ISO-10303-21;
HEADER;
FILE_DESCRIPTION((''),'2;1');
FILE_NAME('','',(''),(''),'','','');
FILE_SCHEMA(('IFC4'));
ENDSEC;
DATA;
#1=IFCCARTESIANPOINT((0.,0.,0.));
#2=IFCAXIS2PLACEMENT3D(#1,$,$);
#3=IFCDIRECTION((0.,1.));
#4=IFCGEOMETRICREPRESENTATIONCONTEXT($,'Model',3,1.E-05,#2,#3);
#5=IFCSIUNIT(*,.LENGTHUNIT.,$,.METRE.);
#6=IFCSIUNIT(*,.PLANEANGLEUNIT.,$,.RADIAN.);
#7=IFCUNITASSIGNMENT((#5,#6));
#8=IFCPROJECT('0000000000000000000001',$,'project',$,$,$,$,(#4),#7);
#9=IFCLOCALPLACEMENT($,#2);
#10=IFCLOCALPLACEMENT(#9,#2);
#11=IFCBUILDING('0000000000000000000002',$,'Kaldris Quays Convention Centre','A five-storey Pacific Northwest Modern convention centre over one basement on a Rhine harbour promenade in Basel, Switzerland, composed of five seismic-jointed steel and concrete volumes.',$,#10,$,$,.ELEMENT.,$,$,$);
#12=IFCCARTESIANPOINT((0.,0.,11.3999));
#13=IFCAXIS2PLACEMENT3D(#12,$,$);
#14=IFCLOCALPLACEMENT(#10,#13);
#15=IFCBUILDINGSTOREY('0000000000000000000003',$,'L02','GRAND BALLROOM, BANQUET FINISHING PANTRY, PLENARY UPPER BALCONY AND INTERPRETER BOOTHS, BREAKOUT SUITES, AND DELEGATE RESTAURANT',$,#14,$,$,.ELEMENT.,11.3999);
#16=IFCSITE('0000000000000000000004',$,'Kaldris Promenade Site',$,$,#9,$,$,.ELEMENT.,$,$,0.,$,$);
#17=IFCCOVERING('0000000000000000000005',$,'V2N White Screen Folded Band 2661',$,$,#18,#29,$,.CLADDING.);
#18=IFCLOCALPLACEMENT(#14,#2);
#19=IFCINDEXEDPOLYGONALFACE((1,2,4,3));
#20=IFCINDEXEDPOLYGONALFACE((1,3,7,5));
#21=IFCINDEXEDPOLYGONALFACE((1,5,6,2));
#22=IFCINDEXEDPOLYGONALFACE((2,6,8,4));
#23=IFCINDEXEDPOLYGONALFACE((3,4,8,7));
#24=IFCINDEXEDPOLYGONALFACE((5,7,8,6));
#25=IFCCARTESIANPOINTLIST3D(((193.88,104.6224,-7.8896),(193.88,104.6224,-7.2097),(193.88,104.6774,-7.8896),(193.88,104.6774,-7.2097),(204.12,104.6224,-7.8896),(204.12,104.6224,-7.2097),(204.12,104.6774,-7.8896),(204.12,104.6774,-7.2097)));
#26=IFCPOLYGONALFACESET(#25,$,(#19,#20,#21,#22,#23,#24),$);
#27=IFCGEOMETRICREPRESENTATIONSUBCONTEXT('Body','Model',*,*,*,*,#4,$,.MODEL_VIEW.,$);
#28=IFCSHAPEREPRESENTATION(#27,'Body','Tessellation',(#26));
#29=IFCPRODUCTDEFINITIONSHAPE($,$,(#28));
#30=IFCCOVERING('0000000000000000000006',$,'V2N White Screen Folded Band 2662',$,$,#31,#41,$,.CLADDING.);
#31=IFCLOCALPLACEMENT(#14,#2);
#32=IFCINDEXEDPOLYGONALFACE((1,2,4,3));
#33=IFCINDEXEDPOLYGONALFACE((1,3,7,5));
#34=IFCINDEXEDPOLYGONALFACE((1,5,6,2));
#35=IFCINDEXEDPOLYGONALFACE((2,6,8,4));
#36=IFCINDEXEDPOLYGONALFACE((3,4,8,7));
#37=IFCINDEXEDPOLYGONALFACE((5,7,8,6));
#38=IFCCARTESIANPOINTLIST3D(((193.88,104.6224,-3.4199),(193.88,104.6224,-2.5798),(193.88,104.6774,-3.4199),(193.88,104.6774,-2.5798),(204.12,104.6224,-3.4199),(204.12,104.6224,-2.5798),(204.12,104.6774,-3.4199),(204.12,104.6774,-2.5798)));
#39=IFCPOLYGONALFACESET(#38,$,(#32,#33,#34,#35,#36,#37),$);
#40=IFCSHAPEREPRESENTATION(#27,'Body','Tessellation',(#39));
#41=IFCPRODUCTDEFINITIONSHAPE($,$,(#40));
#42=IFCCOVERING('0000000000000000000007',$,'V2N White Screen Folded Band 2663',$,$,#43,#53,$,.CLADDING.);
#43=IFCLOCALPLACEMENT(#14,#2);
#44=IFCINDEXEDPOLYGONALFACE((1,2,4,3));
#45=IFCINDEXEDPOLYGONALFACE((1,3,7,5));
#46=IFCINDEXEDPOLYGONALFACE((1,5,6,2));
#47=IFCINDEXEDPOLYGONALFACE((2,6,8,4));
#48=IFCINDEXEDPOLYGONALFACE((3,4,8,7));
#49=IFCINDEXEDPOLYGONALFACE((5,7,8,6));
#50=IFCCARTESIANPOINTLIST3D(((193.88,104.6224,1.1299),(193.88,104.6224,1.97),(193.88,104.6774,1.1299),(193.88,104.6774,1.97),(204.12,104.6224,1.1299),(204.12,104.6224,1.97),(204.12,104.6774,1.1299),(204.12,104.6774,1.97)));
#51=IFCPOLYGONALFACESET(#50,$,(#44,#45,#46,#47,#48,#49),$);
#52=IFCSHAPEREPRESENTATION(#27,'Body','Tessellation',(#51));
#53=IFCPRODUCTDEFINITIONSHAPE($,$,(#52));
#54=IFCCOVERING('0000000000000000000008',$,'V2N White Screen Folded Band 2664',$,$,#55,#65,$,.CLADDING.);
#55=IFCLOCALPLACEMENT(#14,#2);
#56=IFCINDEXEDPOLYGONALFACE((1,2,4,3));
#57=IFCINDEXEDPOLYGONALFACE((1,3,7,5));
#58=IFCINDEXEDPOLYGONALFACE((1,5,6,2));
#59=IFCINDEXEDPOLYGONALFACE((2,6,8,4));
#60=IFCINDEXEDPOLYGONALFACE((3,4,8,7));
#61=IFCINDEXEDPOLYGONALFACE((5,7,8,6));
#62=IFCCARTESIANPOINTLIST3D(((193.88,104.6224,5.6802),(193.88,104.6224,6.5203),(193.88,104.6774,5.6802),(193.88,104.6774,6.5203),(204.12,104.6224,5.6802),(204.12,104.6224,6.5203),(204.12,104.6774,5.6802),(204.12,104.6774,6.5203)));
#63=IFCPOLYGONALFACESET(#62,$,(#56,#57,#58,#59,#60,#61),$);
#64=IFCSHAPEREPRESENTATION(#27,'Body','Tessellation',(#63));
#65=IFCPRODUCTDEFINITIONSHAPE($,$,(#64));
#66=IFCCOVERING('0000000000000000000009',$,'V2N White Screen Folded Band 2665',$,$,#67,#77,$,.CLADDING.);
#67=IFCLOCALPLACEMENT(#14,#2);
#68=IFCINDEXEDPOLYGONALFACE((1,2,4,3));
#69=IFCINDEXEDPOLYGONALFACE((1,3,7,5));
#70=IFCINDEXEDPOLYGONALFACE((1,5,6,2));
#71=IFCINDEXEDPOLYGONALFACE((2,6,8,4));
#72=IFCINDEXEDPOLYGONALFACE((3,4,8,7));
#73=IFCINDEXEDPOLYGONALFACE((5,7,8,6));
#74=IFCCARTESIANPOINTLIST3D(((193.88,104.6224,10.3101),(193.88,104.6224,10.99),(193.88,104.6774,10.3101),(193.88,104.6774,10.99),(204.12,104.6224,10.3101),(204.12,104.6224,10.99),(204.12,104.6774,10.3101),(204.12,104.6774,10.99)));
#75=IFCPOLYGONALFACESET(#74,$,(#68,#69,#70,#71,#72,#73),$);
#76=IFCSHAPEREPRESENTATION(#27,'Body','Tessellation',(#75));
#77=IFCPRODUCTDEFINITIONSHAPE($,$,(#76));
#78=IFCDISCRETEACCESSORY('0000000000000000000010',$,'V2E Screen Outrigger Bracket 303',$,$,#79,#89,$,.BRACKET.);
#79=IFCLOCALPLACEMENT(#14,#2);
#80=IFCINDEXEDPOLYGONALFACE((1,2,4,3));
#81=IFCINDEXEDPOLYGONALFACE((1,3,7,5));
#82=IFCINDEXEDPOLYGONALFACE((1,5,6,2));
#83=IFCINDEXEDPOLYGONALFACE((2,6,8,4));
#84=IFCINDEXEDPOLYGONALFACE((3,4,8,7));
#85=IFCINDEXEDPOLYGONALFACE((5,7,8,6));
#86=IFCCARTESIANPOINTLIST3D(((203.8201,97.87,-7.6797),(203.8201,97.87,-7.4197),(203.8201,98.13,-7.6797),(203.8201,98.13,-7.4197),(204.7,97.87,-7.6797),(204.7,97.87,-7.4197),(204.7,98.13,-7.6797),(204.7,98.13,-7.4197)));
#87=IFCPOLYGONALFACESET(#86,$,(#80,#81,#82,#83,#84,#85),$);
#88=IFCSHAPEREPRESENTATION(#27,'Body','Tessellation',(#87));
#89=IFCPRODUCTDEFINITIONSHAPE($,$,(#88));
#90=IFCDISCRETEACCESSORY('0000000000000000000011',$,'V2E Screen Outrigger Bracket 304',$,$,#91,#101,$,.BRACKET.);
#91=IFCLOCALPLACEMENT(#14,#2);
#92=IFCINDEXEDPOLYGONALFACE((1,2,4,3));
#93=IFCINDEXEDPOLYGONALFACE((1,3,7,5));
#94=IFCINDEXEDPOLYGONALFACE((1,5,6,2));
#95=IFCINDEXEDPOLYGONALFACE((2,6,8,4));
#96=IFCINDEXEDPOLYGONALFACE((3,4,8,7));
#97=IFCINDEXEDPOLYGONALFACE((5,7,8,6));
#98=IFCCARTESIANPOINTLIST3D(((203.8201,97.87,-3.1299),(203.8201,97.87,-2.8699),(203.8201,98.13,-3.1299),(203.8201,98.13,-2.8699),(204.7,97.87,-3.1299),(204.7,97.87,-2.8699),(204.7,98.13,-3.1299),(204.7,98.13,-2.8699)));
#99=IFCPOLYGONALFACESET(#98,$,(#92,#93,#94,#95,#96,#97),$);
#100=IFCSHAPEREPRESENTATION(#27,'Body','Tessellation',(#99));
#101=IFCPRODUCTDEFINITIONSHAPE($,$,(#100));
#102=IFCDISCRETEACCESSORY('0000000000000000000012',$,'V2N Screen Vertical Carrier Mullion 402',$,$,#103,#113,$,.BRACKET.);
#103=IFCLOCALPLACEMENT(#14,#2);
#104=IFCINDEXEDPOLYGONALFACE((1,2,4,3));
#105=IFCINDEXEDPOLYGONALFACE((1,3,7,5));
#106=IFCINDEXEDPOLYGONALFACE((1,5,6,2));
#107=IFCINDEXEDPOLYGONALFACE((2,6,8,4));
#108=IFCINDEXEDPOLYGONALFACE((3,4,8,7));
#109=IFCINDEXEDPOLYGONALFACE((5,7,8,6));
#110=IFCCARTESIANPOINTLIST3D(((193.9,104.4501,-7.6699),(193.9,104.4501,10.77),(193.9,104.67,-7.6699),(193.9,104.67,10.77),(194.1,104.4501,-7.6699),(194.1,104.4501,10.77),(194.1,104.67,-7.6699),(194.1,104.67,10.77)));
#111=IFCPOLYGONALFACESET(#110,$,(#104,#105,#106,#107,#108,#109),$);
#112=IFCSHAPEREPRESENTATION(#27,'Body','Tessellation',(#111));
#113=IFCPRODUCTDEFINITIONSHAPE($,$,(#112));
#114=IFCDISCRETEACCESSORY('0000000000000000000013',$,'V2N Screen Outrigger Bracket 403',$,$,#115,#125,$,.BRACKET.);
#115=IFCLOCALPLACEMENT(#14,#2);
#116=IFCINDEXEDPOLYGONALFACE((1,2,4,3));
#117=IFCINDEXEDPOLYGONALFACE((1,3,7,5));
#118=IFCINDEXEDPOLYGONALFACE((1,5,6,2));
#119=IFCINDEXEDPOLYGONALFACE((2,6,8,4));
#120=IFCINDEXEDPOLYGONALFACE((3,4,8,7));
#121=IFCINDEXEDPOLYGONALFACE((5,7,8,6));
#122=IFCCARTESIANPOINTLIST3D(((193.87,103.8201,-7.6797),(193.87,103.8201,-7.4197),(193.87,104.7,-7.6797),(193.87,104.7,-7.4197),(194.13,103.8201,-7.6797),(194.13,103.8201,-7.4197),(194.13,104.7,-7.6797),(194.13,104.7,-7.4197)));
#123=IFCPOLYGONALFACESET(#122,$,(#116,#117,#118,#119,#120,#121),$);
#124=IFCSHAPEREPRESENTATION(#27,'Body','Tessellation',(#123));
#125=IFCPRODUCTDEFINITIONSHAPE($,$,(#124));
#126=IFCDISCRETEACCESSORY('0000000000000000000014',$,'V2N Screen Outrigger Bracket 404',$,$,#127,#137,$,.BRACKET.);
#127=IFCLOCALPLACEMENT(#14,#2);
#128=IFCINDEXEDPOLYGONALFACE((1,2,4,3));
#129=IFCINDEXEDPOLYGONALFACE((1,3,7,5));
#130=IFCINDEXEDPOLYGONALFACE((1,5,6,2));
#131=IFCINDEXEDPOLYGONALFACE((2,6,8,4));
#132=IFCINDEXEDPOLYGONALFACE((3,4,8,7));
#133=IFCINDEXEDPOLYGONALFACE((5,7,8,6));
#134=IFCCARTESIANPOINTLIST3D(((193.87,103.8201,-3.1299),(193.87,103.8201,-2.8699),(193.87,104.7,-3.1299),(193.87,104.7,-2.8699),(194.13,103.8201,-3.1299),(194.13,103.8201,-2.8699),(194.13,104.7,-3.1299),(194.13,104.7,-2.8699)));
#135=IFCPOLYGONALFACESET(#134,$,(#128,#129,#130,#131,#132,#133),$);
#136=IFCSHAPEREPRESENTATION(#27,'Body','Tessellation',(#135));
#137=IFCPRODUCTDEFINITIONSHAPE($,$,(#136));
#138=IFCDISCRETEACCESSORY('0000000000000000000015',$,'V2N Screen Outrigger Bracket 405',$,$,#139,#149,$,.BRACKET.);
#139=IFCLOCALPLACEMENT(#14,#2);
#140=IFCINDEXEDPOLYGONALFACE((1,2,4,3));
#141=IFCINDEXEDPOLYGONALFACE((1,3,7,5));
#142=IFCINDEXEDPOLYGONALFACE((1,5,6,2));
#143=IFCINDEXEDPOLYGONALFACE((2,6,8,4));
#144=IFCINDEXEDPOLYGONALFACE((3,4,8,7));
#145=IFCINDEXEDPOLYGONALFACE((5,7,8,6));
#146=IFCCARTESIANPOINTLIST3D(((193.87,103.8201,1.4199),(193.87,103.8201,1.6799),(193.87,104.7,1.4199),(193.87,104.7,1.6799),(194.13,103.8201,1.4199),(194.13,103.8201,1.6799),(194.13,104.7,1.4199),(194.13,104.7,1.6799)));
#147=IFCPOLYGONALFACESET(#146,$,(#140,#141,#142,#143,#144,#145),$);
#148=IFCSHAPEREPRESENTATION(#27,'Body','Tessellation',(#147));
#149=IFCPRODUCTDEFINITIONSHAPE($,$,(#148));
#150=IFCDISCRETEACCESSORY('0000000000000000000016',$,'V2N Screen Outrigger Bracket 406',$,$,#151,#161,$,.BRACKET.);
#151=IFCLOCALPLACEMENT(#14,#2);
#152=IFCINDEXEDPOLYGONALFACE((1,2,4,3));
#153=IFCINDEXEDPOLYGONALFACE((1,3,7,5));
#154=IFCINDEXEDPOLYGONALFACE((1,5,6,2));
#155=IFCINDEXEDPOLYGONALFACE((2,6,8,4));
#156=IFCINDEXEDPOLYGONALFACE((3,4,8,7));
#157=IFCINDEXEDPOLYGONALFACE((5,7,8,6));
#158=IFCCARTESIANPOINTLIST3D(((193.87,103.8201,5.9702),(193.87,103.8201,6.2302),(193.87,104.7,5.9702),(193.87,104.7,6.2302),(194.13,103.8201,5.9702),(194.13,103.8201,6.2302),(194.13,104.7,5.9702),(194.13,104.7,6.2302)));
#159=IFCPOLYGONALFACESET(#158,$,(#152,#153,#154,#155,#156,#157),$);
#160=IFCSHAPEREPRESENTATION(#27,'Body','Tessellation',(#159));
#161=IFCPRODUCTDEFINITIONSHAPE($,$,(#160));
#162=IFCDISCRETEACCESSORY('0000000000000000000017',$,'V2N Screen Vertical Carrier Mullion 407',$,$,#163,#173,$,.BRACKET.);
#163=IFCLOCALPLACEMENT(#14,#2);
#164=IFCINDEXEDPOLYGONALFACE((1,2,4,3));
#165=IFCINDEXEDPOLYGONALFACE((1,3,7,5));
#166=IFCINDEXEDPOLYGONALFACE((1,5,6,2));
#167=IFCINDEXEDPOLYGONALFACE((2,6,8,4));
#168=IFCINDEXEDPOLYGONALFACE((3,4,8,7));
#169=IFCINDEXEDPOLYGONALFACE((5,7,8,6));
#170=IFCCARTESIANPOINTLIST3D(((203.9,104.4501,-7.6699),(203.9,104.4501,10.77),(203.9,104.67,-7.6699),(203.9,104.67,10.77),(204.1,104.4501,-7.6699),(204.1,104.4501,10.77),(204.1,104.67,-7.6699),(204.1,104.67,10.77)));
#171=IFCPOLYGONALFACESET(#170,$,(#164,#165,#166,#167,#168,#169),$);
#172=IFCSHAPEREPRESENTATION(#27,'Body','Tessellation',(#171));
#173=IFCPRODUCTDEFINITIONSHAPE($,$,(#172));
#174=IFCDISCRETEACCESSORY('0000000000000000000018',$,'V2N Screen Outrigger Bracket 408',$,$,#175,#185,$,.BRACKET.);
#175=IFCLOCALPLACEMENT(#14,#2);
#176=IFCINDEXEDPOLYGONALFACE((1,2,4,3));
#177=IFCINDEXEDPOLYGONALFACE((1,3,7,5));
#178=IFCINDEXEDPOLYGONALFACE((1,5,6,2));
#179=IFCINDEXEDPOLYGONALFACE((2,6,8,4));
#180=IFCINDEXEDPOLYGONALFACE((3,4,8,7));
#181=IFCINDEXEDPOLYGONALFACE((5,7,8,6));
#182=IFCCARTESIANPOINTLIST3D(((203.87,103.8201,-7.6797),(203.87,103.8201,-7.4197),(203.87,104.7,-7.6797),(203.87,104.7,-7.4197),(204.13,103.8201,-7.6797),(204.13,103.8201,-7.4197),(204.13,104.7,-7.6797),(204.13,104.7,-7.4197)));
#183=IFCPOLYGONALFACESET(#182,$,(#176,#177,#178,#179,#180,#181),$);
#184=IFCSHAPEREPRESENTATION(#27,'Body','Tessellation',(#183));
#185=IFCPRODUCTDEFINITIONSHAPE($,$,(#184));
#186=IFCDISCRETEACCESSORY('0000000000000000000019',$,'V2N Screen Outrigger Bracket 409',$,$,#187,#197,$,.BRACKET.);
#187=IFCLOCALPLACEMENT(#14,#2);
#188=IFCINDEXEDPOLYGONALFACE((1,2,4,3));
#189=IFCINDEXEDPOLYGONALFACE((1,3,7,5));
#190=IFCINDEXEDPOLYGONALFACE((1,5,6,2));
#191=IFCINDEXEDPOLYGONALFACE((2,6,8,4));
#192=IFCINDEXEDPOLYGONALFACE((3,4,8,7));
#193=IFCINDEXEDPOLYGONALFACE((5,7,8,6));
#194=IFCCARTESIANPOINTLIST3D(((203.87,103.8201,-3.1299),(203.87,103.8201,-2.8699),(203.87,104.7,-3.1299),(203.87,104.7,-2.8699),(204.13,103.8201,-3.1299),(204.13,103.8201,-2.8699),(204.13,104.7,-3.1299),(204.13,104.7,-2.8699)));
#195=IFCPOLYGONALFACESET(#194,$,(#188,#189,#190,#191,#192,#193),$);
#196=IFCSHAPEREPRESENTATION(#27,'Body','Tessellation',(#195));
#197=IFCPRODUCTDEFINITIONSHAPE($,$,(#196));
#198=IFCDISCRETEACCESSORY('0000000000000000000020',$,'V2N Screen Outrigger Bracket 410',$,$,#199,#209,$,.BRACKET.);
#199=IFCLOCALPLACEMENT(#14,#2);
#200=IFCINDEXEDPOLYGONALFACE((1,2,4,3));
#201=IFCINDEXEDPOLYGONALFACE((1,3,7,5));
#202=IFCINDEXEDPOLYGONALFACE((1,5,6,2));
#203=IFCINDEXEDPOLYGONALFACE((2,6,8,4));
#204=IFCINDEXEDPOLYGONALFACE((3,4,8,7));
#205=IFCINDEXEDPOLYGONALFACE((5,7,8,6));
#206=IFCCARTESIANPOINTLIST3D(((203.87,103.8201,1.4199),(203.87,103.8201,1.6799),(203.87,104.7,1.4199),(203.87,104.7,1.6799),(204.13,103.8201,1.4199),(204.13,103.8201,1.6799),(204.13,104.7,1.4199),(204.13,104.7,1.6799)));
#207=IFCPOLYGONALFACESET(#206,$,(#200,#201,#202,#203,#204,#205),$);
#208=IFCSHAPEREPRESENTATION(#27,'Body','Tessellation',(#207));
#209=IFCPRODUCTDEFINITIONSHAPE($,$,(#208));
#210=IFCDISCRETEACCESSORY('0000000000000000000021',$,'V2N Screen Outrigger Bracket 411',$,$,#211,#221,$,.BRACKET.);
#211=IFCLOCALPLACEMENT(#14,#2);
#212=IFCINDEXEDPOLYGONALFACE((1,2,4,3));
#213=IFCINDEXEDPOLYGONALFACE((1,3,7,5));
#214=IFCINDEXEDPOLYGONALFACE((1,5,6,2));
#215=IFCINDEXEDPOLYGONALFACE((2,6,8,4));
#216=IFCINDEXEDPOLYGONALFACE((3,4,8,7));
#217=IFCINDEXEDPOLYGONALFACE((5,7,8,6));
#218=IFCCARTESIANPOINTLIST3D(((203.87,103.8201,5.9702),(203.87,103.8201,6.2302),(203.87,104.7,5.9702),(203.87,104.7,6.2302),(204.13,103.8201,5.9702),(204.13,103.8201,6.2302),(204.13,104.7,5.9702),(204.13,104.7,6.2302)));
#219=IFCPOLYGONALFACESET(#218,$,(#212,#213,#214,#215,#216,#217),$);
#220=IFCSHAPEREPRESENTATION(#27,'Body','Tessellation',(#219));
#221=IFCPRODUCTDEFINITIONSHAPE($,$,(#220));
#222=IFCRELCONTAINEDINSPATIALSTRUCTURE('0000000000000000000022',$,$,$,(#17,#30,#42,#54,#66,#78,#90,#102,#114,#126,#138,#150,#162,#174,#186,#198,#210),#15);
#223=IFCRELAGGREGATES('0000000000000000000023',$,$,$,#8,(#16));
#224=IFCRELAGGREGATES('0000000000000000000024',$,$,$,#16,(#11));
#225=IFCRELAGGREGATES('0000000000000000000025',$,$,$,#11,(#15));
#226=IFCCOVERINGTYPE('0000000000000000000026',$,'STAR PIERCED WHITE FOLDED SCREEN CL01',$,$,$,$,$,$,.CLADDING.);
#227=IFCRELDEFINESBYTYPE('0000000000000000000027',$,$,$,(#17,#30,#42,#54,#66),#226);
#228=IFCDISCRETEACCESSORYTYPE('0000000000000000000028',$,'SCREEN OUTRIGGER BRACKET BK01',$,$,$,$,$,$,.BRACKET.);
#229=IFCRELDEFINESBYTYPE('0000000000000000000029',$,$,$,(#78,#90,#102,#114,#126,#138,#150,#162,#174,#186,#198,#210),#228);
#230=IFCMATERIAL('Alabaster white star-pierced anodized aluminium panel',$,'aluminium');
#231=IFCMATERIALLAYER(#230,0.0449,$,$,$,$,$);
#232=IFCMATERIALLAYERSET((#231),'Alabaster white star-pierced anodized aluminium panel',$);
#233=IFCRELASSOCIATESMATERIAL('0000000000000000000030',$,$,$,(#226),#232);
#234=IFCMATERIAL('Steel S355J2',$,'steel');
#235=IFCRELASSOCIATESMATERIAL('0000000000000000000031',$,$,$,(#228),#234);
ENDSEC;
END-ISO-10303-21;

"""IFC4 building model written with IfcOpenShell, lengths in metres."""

from ifc_helpers import new_model, si_unit, direction, frame, origin, origin_2d, place, context, subcontext, project, spatial, rectangle, extrude, material, layer, layer_set, type_object, element, save


model = new_model("IFC4")

# Units and contexts
model_context = context("Model", 3, precision=1e-05, world=origin(), true_north=direction((0.0, 1.0)))
body_context = subcontext(model_context, "Body", "Model", "MODEL_VIEW")
ifc_project = project(units=[si_unit("LENGTHUNIT", "METRE"), si_unit("PLANEANGLEUNIT", "RADIAN")], contexts=[model_context])

# Site, building, storey
site_placement = place(None, origin())
site = spatial("IfcSite", under=ifc_project, at=site_placement, Name="Kaldris Promenade Site", CompositionType="ELEMENT", RefElevation=0.0)
building_placement = place(site_placement, origin())
building = spatial("IfcBuilding", under=site, at=building_placement, Name="Kaldris Quays Convention Centre", Description="A five-storey Pacific Northwest Modern convention centre over one basement on a Rhine harbour promenade in Basel, Switzerland, composed of five seismic-jointed steel and concrete volumes.", CompositionType="ELEMENT")
storey_placement = place(building_placement, frame((0.0, 0.0, 11.3999)))
storey = spatial("IfcBuildingStorey", under=building, at=storey_placement, Name="L02", Description="GRAND BALLROOM, BANQUET FINISHING PANTRY, PLENARY UPPER BALCONY AND INTERPRETER BOOTHS, BREAKOUT SUITES, AND DELEGATE RESTAURANT", CompositionType="ELEMENT", Elevation=11.3999)

# Shared definitions
ifc_material_1 = material(Name="Steel S355J2", Category="steel")

# Coverings
ifc_material_2 = material(Name="Alabaster white star-pierced anodized aluminium panel", Category="aluminium")
ifc_layer_1 = layer(ifc_material_2, 0.0449)
ifc_layer_set_1 = layer_set([ifc_layer_1], Name="Alabaster white star-pierced anodized aluminium panel")
covering_type = type_object("IfcCoveringType", Name="STAR PIERCED WHITE FOLDED SCREEN CL01", PredefinedType="CLADDING", material=ifc_layer_set_1)
covering_1_placement = place(storey_placement, frame((199.0, 104.6499, -7.8896), z_axis=(0.0, 0.0, 1.0), x_axis=(1.0, 0.0, 0.0)))
element("IfcCovering", 1, at=covering_1_placement, inside=storey, type_object=covering_type, Name="V2N White Screen Folded Band 2661", PredefinedType="CLADDING", context=body_context, shape_type="SweptSolid", body=[
    extrude(rectangle(XDim=10.24, YDim=0.0549, at=origin_2d()), origin(), (0.0, 0.0, 1.0), 0.6799),
])
for number, where, z_axis, x_axis, name in (
    (2, (199.0, 104.6499, -3.4199), (0.0, 0.0, 1.0), (1.0, 0.0, 0.0), "V2N White Screen Folded Band 2662"),
    (3, (199.0, 104.6499, 1.1299), (0.0, 0.0, 1.0), (1.0, 0.0, 0.0), "V2N White Screen Folded Band 2663"),
    (4, (199.0, 104.6499, 5.6802), (0.0, 0.0, 1.0), (1.0, 0.0, 0.0), "V2N White Screen Folded Band 2664"),
):
    element("IfcCovering", number, at=place(storey_placement, frame(where, z_axis=z_axis, x_axis=x_axis)), inside=storey, type_object=covering_type, Name=name, PredefinedType="CLADDING", context=body_context, shape_type="SweptSolid", body=[
        extrude(rectangle(XDim=10.24, YDim=0.0549, at=origin_2d()), origin(), (0.0, 0.0, 1.0), 0.8401),
    ])
covering_2_placement = place(storey_placement, frame((199.0, 104.6499, 10.3101), z_axis=(0.0, 0.0, 1.0), x_axis=(1.0, 0.0, 0.0)))
element("IfcCovering", 5, at=covering_2_placement, inside=storey, type_object=covering_type, Name="V2N White Screen Folded Band 2665", PredefinedType="CLADDING", context=body_context, shape_type="SweptSolid", body=[
    extrude(rectangle(XDim=10.24, YDim=0.0549, at=origin_2d()), origin(), (0.0, 0.0, 1.0), 0.6799),
])

# Discrete accessories
discrete_accessory_type = type_object("IfcDiscreteAccessoryType", Name="SCREEN OUTRIGGER BRACKET BK01", PredefinedType="BRACKET", material=ifc_material_1)
for number, where, z_axis, x_axis, name in (
    (6, (204.26, 98.0, -7.6797), (0.0, 0.0, 1.0), (0.0, 1.0, 0.0), "V2E Screen Outrigger Bracket 303"),
    (7, (204.26, 98.0, -3.1299), (0.0, 0.0, 1.0), (0.0, 1.0, 0.0), "V2E Screen Outrigger Bracket 304"),
):
    element("IfcDiscreteAccessory", number, at=place(storey_placement, frame(where, z_axis=z_axis, x_axis=x_axis)), inside=storey, type_object=discrete_accessory_type, Name=name, PredefinedType="BRACKET", context=body_context, shape_type="SweptSolid", body=[
        extrude(rectangle(XDim=0.26, YDim=0.8799, at=origin_2d()), origin(), (0.0, 0.0, 1.0), 0.26),
    ])
discrete_accessory_1_placement = place(storey_placement, frame((194.0, 104.5601, -7.6699), z_axis=(0.0, 0.0, 1.0), x_axis=(1.0, 0.0, 0.0)))
element("IfcDiscreteAccessory", 8, at=discrete_accessory_1_placement, inside=storey, type_object=discrete_accessory_type, Name="V2N Screen Vertical Carrier Mullion 402", PredefinedType="BRACKET", context=body_context, shape_type="SweptSolid", body=[
    extrude(rectangle(XDim=0.2, YDim=0.22, at=origin_2d()), origin(), (0.0, 0.0, 1.0), 18.4399),
])
for number, where, z_axis, x_axis, name in (
    (9, (194.0, 104.26, -7.6797), (0.0, 0.0, 1.0), (1.0, 0.0, 0.0), "V2N Screen Outrigger Bracket 403"),
    (10, (194.0, 104.26, -3.1299), (0.0, 0.0, 1.0), (1.0, 0.0, 0.0), "V2N Screen Outrigger Bracket 404"),
    (11, (194.0, 104.26, 1.4199), (0.0, 0.0, 1.0), (1.0, 0.0, 0.0), "V2N Screen Outrigger Bracket 405"),
    (12, (194.0, 104.26, 5.9702), (0.0, 0.0, 1.0), (1.0, 0.0, 0.0), "V2N Screen Outrigger Bracket 406"),
):
    element("IfcDiscreteAccessory", number, at=place(storey_placement, frame(where, z_axis=z_axis, x_axis=x_axis)), inside=storey, type_object=discrete_accessory_type, Name=name, PredefinedType="BRACKET", context=body_context, shape_type="SweptSolid", body=[
        extrude(rectangle(XDim=0.26, YDim=0.8799, at=origin_2d()), origin(), (0.0, 0.0, 1.0), 0.26),
    ])
discrete_accessory_2_placement = place(storey_placement, frame((204.0, 104.5601, -7.6699), z_axis=(0.0, 0.0, 1.0), x_axis=(1.0, 0.0, 0.0)))
element("IfcDiscreteAccessory", 13, at=discrete_accessory_2_placement, inside=storey, type_object=discrete_accessory_type, Name="V2N Screen Vertical Carrier Mullion 407", PredefinedType="BRACKET", context=body_context, shape_type="SweptSolid", body=[
    extrude(rectangle(XDim=0.2, YDim=0.22, at=origin_2d()), origin(), (0.0, 0.0, 1.0), 18.4399),
])
for number, where, z_axis, x_axis, name in (
    (14, (204.0, 104.26, -7.6797), (0.0, 0.0, 1.0), (1.0, 0.0, 0.0), "V2N Screen Outrigger Bracket 408"),
    (15, (204.0, 104.26, -3.1299), (0.0, 0.0, 1.0), (1.0, 0.0, 0.0), "V2N Screen Outrigger Bracket 409"),
    (16, (204.0, 104.26, 1.4199), (0.0, 0.0, 1.0), (1.0, 0.0, 0.0), "V2N Screen Outrigger Bracket 410"),
    (17, (204.0, 104.26, 5.9702), (0.0, 0.0, 1.0), (1.0, 0.0, 0.0), "V2N Screen Outrigger Bracket 411"),
):
    element("IfcDiscreteAccessory", number, at=place(storey_placement, frame(where, z_axis=z_axis, x_axis=x_axis)), inside=storey, type_object=discrete_accessory_type, Name=name, PredefinedType="BRACKET", context=body_context, shape_type="SweptSolid", body=[
        extrude(rectangle(XDim=0.26, YDim=0.8799, at=origin_2d()), origin(), (0.0, 0.0, 1.0), 0.26),
    ])

save(model, "model.ifc")
